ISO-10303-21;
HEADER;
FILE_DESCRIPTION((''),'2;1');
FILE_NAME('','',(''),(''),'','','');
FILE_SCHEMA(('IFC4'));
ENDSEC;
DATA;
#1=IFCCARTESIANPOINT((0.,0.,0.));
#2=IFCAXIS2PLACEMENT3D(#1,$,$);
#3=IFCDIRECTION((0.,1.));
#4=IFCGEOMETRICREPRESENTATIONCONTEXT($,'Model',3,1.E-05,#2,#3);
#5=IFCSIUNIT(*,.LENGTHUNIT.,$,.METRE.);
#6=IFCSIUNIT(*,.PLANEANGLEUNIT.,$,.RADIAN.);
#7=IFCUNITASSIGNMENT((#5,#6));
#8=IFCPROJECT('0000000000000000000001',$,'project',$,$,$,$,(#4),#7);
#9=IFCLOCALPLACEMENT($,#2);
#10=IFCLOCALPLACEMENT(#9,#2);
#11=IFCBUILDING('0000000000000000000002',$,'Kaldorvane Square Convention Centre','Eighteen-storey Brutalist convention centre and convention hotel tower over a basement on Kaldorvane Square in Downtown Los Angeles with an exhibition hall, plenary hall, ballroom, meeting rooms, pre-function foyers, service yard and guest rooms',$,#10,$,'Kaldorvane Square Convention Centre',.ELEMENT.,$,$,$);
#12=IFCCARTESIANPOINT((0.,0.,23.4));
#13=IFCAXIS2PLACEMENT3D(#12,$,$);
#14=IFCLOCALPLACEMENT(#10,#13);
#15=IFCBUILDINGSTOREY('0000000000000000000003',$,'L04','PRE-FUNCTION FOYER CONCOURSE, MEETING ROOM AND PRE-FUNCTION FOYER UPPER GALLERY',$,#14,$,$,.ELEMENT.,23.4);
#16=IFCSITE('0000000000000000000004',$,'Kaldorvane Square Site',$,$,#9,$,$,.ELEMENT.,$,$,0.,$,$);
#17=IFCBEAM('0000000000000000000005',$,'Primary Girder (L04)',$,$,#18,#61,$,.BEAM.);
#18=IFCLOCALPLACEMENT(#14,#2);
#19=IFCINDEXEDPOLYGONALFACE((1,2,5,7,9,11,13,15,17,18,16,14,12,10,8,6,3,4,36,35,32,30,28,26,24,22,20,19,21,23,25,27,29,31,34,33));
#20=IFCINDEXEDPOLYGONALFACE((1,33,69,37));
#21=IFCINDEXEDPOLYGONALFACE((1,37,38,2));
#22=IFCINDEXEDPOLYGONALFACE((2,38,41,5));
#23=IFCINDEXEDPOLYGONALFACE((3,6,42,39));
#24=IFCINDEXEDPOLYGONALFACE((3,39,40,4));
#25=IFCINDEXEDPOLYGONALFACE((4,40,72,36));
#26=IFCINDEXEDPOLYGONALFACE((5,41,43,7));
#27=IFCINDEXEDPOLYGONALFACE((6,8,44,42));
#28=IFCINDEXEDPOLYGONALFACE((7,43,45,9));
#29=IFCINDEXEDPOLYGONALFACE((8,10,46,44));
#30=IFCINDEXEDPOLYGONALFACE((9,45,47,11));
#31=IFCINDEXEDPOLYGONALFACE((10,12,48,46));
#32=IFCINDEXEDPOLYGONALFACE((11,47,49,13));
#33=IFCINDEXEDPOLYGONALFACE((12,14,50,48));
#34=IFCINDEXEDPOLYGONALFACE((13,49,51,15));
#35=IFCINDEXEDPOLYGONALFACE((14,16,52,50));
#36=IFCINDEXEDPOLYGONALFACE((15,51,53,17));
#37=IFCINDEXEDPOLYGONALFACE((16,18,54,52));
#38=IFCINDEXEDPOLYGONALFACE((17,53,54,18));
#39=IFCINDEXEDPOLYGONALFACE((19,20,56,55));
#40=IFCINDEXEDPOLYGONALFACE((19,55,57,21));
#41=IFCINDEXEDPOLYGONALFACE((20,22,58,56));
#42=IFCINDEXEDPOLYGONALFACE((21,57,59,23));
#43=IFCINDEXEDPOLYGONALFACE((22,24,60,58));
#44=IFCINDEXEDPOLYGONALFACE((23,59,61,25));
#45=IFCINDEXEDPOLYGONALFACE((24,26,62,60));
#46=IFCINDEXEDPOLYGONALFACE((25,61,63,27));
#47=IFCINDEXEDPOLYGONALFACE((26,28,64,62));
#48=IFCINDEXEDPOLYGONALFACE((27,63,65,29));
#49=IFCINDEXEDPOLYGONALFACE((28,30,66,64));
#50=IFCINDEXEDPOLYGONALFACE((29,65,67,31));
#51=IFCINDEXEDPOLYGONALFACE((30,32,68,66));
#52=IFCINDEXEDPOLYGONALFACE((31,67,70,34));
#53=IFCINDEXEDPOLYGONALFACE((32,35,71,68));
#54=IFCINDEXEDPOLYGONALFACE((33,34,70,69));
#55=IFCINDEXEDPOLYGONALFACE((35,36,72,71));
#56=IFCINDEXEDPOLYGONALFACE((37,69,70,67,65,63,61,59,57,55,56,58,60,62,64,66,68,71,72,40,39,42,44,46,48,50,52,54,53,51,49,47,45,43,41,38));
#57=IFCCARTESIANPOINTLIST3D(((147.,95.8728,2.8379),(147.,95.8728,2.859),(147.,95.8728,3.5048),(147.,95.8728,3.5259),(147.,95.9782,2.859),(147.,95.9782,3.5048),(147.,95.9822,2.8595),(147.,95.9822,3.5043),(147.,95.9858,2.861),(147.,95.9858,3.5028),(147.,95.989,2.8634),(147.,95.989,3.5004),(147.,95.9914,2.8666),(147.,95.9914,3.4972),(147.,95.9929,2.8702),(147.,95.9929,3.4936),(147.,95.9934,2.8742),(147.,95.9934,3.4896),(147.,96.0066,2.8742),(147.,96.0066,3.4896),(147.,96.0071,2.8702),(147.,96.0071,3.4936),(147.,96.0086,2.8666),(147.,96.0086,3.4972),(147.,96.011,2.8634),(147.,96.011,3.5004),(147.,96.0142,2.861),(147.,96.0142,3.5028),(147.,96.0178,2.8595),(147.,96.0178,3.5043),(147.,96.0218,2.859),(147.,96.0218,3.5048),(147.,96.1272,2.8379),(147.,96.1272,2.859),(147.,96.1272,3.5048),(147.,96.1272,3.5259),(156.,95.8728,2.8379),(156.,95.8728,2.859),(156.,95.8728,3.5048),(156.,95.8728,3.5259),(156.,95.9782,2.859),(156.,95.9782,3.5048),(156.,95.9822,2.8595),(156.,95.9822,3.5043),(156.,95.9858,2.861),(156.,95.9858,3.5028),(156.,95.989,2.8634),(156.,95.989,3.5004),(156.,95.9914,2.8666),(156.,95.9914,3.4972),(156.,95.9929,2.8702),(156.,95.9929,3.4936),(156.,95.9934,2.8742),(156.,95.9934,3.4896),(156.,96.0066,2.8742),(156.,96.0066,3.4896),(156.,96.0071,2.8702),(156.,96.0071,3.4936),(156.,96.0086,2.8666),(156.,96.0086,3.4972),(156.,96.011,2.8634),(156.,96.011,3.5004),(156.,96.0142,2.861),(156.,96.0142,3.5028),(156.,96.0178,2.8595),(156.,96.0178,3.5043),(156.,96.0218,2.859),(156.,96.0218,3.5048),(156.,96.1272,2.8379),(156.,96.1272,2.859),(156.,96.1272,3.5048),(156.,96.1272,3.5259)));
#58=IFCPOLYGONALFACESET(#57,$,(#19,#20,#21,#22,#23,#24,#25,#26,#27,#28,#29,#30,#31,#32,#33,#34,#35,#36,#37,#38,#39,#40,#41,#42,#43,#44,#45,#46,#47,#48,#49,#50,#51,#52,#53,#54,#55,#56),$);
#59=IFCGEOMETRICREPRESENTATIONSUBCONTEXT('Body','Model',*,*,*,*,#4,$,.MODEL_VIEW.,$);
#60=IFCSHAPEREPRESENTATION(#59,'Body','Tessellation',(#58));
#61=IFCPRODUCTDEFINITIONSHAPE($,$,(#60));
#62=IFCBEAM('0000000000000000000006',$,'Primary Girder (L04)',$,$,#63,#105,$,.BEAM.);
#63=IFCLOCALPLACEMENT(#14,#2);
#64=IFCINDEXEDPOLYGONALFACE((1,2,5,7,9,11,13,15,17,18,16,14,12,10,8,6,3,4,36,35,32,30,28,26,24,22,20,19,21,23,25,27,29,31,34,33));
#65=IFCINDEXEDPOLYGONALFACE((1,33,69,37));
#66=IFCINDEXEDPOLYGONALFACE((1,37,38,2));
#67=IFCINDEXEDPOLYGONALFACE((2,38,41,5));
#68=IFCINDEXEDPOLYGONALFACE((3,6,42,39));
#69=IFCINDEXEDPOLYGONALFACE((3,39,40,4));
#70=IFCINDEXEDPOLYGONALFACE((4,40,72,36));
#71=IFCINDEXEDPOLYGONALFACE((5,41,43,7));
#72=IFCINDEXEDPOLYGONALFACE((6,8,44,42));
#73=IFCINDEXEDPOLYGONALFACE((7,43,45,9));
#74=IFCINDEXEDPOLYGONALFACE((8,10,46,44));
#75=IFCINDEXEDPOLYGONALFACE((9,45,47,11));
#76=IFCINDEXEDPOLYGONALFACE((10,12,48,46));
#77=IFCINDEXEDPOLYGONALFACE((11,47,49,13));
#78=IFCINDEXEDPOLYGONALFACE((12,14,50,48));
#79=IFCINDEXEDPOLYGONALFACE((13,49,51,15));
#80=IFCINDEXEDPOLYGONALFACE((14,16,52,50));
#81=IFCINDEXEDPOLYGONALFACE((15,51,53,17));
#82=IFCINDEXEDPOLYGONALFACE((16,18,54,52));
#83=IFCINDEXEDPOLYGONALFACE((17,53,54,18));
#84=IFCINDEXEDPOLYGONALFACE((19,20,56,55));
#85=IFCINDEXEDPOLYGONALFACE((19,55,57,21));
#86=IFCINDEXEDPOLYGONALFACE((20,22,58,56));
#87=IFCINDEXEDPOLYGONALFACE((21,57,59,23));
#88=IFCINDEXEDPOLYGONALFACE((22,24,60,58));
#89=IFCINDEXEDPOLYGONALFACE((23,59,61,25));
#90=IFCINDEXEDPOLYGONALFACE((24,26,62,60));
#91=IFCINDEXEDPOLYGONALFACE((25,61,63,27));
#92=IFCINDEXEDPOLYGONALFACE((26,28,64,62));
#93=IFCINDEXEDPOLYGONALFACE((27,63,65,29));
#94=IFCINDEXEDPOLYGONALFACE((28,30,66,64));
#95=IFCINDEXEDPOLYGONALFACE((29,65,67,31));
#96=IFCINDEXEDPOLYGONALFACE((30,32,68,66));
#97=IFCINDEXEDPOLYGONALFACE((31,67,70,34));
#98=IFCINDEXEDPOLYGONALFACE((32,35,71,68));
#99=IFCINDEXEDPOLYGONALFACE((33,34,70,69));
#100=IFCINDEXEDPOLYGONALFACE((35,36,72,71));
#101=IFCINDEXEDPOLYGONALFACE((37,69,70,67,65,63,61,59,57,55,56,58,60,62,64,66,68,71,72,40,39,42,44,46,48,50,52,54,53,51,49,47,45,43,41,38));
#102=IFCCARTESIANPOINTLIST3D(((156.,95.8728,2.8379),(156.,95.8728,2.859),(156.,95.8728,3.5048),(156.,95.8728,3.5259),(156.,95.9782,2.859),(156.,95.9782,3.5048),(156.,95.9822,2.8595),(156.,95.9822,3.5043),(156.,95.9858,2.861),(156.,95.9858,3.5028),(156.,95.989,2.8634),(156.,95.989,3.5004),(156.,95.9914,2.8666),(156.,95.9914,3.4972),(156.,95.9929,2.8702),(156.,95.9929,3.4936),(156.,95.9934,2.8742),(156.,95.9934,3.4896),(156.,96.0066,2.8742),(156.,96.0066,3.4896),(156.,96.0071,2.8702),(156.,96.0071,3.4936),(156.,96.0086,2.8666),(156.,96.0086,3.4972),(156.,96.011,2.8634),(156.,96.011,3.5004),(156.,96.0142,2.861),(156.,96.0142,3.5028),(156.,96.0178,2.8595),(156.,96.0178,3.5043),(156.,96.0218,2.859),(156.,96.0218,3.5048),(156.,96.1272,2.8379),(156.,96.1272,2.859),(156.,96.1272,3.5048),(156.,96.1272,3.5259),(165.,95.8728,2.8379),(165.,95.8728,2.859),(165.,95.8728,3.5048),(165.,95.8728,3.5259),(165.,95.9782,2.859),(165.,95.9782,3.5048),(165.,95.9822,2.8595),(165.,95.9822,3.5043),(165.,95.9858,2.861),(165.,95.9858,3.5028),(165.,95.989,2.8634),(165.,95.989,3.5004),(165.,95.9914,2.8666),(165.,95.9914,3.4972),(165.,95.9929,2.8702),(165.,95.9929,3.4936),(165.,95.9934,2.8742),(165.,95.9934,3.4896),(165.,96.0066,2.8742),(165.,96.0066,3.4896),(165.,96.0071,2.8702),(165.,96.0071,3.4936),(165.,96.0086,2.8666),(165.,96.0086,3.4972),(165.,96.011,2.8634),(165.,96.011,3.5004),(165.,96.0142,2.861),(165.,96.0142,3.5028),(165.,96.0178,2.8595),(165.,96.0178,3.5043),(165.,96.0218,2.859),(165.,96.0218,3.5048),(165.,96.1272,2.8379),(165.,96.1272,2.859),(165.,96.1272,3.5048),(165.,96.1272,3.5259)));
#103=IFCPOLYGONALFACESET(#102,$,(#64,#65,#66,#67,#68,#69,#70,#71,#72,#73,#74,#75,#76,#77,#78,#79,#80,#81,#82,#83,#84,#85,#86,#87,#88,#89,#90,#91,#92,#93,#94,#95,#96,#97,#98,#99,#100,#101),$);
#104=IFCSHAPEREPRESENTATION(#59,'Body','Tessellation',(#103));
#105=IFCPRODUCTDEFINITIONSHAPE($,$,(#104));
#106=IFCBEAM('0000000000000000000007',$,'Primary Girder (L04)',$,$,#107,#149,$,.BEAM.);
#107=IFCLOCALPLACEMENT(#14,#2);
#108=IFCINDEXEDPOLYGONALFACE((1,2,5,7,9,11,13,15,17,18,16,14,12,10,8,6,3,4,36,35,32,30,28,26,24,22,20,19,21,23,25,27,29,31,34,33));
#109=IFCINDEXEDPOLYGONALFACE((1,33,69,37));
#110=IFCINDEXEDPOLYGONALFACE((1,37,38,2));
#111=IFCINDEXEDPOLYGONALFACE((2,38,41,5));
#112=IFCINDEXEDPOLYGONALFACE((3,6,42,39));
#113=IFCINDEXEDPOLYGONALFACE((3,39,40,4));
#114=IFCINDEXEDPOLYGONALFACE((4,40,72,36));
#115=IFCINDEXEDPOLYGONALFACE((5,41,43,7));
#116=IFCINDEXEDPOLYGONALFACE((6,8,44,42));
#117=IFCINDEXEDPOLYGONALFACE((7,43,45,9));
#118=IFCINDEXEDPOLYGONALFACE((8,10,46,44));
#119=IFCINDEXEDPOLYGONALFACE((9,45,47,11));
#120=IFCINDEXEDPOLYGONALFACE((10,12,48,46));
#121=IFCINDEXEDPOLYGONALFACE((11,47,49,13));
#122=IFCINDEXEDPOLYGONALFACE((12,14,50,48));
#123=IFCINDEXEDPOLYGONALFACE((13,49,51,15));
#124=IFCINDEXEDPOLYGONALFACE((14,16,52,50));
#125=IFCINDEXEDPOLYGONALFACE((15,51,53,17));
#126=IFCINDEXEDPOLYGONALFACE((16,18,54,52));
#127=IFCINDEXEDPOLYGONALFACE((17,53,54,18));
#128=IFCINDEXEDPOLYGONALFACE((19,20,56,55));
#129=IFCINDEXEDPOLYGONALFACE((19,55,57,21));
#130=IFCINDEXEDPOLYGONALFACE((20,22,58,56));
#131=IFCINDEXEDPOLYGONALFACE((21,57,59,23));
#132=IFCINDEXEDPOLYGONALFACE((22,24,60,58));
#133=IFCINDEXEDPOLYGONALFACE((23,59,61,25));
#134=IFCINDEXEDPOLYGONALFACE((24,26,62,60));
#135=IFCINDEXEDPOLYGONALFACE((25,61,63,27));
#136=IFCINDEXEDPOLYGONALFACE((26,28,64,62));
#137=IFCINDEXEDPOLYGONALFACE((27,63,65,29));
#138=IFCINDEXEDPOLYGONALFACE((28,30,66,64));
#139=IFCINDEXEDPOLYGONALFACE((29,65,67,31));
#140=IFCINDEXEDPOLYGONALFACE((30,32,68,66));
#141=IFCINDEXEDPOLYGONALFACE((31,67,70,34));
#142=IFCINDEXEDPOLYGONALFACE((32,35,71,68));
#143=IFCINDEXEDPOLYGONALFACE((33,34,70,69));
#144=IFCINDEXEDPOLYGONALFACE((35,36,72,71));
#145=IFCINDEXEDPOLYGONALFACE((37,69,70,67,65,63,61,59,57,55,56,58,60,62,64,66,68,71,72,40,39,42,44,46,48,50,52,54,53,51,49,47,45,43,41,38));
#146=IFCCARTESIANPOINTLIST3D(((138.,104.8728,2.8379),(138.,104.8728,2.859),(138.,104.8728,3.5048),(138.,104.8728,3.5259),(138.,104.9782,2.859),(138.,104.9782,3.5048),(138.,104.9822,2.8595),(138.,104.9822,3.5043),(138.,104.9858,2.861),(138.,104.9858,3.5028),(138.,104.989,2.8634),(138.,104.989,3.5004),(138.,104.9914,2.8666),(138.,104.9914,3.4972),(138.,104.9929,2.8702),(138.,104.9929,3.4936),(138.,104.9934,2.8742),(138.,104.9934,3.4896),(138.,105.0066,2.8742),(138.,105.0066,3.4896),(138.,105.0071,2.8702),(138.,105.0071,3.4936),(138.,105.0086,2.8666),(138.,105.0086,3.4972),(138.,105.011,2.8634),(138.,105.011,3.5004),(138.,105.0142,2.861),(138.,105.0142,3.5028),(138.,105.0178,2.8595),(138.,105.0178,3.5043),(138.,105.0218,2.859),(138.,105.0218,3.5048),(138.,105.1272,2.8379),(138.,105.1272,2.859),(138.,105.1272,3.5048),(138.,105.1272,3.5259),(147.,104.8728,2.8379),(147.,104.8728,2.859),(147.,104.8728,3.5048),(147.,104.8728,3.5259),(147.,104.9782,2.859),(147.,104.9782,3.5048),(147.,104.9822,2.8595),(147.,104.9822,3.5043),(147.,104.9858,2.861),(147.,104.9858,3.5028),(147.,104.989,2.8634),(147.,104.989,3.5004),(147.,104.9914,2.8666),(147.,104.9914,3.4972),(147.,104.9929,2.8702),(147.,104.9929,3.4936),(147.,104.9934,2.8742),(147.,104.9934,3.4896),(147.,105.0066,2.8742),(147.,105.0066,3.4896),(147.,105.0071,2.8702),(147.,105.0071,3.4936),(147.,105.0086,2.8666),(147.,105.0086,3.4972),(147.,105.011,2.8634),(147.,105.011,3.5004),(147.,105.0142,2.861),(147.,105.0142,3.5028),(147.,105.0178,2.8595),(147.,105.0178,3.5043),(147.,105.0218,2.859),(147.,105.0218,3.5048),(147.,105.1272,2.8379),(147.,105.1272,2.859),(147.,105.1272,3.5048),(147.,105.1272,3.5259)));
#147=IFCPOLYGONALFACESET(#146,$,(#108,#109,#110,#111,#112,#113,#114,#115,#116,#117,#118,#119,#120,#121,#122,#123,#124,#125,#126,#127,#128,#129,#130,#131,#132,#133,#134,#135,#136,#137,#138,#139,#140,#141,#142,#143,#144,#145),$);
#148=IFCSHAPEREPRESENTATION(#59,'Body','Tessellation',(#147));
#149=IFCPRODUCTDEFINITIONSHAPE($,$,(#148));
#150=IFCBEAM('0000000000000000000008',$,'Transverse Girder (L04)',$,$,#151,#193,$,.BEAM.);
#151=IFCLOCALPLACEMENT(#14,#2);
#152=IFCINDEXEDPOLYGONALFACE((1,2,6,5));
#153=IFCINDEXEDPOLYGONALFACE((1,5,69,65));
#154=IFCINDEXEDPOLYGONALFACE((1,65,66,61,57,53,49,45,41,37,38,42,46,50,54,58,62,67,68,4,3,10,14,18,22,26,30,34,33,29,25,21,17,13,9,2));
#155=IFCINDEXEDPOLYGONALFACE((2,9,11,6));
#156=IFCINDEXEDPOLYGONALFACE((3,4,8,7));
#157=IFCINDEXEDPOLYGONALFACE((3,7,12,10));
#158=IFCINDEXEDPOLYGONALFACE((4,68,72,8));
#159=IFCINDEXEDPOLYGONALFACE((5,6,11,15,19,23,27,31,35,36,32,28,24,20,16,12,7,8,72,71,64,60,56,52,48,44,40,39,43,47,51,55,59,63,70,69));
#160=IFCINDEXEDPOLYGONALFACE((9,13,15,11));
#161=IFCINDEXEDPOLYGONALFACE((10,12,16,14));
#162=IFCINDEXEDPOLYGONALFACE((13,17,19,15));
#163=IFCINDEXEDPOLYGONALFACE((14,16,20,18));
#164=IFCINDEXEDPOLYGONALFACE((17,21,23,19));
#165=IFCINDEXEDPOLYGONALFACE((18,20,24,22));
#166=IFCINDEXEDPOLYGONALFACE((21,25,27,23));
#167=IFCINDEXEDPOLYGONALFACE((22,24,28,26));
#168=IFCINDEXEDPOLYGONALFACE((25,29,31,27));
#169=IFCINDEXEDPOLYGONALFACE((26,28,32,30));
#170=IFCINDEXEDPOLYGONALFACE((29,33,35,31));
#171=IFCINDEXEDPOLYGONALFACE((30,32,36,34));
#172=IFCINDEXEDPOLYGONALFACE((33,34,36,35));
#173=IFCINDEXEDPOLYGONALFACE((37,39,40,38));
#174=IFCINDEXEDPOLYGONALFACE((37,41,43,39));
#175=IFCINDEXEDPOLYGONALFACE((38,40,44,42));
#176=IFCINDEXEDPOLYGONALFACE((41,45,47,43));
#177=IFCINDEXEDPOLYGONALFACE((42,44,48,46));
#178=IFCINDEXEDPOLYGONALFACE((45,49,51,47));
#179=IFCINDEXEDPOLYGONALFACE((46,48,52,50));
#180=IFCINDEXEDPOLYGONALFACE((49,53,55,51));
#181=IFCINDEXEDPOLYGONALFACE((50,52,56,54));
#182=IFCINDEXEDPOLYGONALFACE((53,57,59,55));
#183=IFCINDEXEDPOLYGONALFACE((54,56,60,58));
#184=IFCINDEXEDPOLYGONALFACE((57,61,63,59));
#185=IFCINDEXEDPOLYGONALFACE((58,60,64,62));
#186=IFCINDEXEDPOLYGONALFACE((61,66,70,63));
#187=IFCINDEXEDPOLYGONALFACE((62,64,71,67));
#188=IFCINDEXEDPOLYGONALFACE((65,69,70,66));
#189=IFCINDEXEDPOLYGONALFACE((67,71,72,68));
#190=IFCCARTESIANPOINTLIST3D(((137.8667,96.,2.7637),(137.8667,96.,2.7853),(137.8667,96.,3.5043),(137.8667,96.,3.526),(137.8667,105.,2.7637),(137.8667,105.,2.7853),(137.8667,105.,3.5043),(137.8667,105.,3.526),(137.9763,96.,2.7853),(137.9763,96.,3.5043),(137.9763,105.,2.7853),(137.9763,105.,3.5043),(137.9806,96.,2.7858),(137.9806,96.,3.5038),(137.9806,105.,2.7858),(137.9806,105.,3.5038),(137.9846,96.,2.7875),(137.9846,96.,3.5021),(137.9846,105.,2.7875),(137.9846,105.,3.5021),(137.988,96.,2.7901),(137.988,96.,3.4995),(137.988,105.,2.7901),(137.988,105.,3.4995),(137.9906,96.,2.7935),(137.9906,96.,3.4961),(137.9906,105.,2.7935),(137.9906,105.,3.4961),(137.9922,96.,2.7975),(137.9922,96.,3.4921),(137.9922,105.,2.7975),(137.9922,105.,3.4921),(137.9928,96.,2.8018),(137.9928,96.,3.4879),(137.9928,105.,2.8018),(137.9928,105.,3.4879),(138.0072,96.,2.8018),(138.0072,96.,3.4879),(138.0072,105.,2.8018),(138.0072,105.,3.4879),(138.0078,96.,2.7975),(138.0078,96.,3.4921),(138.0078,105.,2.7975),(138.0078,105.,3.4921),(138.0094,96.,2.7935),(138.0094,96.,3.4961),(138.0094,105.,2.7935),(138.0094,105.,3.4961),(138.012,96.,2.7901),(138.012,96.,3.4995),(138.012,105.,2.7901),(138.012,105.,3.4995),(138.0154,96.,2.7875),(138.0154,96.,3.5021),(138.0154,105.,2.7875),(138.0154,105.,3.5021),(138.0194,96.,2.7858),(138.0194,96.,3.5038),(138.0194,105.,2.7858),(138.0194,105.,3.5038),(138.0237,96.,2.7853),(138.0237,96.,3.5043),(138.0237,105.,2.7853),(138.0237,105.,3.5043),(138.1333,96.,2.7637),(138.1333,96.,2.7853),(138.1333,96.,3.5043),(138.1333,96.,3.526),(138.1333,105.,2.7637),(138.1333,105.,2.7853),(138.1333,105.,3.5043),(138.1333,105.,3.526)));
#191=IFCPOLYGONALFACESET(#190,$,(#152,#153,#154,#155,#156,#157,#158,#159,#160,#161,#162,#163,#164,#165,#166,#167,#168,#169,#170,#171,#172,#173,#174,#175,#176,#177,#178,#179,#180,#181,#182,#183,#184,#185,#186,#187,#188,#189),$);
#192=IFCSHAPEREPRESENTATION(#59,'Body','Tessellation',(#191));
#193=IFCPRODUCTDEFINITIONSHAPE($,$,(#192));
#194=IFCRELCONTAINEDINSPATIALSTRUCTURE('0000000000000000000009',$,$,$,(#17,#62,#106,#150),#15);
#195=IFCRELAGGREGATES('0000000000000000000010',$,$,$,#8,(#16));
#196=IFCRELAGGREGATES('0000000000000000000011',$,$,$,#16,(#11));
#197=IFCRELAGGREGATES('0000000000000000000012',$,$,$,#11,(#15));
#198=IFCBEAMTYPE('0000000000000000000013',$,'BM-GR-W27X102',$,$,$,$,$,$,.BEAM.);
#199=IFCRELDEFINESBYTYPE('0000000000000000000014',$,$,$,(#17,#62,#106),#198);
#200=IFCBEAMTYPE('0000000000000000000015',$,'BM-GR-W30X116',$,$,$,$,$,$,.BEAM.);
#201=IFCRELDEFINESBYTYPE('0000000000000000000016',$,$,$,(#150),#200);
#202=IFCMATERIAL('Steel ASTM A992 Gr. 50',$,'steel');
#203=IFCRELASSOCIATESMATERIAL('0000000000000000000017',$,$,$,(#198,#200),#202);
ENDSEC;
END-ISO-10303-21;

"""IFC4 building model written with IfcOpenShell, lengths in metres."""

from ifc_helpers import new_model, si_unit, direction, frame, origin, origin_2d, place, context, subcontext, project, spatial, i_section, extrude, material, material_profile, profile_set, type_object, element, save


model = new_model("IFC4")

# Units and contexts
model_context = context("Model", 3, precision=1e-05, world=origin(), true_north=direction((0.0, 1.0)))
body_context = subcontext(model_context, "Body", "Model", "MODEL_VIEW")
ifc_project = project(units=[si_unit("LENGTHUNIT", "METRE"), si_unit("PLANEANGLEUNIT", "RADIAN")], contexts=[model_context])

# Site, building, storey
site_placement = place(None, origin())
site = spatial("IfcSite", under=ifc_project, at=site_placement, Name="Kaldorvane Square Site", CompositionType="ELEMENT", RefElevation=0.0)
building_placement = place(site_placement, origin())
building = spatial("IfcBuilding", under=site, at=building_placement, Name="Kaldorvane Square Convention Centre", Description="Eighteen-storey Brutalist convention centre and convention hotel tower over a basement on Kaldorvane Square in Downtown Los Angeles with an exhibition hall, plenary hall, ballroom, meeting rooms, pre-function foyers, service yard and guest rooms", LongName="Kaldorvane Square Convention Centre", CompositionType="ELEMENT")
storey_placement = place(building_placement, frame((0.0, 0.0, 23.4)))
storey = spatial("IfcBuildingStorey", under=building, at=storey_placement, Name="L04", Description="PRE-FUNCTION FOYER CONCOURSE, MEETING ROOM AND PRE-FUNCTION FOYER UPPER GALLERY", CompositionType="ELEMENT", Elevation=23.4)

# Shared definitions
ifc_material_1 = material(Name="Steel ASTM A992 Gr. 50", Category="steel")

# Beams
ifc_material_profile_1 = material_profile(ifc_material_1, i_section(OverallWidth=0.2544, OverallDepth=0.6881, WebThickness=0.0131, FlangeThickness=0.0211, FilletRadius=0.0152, at=origin_2d()), Name="W27X102")
ifc_profile_set_1 = profile_set([ifc_material_profile_1], Name="Steel ASTM A992 Gr. 50")
beam_type_1 = type_object("IfcBeamType", Name="BM-GR-W27X102", PredefinedType="BEAM", material=ifc_profile_set_1)
for number, where, z_axis, x_axis, name in (
    (1, (147.0, 96.0, 3.1819), (1.0, 0.0, 0.0), (0.0, 1.0, 0.0), "Primary Girder (L04)"),
    (2, (156.0, 96.0, 3.1819), (1.0, 0.0, 0.0), (0.0, 1.0, 0.0), "Primary Girder (L04)"),
    (3, (138.0, 105.0, 3.1819), (1.0, 0.0, 0.0), (0.0, 1.0, 0.0), "Primary Girder (L04)"),
):
    element("IfcBeam", number, at=place(storey_placement, frame(where, z_axis=z_axis, x_axis=x_axis)), inside=storey, type_object=beam_type_1, Name=name, PredefinedType="BEAM", context=body_context, shape_type="SweptSolid", body=[
        extrude(i_section(OverallWidth=0.2544, OverallDepth=0.6881, WebThickness=0.0131, FlangeThickness=0.0211, FilletRadius=0.0152, at=origin_2d()), origin(), (0.0, 0.0, 1.0), 9.0),
    ])
ifc_material_profile_2 = material_profile(ifc_material_1, i_section(OverallWidth=0.2666, OverallDepth=0.7623, WebThickness=0.0144, FlangeThickness=0.0216, FilletRadius=0.0165, at=origin_2d()), Name="W30X116")
ifc_profile_set_2 = profile_set([ifc_material_profile_2], Name="Steel ASTM A992 Gr. 50")
beam_type_2 = type_object("IfcBeamType", Name="BM-GR-W30X116", PredefinedType="BEAM", material=ifc_profile_set_2)
for number, where, z_axis, x_axis, name in (
    (4, (138.0, 96.0, 3.1448), (0.0, 1.0, 0.0), (-1.0, 0.0, 0.0), "Transverse Girder (L04)"),
):
    element("IfcBeam", number, at=place(storey_placement, frame(where, z_axis=z_axis, x_axis=x_axis)), inside=storey, type_object=beam_type_2, Name=name, PredefinedType="BEAM", context=body_context, shape_type="SweptSolid", body=[
        extrude(i_section(OverallWidth=0.2666, OverallDepth=0.7623, WebThickness=0.0144, FlangeThickness=0.0216, FilletRadius=0.0165, at=origin_2d()), origin(), (0.0, 0.0, 1.0), 9.0),
    ])

save(model, "model.ifc")
